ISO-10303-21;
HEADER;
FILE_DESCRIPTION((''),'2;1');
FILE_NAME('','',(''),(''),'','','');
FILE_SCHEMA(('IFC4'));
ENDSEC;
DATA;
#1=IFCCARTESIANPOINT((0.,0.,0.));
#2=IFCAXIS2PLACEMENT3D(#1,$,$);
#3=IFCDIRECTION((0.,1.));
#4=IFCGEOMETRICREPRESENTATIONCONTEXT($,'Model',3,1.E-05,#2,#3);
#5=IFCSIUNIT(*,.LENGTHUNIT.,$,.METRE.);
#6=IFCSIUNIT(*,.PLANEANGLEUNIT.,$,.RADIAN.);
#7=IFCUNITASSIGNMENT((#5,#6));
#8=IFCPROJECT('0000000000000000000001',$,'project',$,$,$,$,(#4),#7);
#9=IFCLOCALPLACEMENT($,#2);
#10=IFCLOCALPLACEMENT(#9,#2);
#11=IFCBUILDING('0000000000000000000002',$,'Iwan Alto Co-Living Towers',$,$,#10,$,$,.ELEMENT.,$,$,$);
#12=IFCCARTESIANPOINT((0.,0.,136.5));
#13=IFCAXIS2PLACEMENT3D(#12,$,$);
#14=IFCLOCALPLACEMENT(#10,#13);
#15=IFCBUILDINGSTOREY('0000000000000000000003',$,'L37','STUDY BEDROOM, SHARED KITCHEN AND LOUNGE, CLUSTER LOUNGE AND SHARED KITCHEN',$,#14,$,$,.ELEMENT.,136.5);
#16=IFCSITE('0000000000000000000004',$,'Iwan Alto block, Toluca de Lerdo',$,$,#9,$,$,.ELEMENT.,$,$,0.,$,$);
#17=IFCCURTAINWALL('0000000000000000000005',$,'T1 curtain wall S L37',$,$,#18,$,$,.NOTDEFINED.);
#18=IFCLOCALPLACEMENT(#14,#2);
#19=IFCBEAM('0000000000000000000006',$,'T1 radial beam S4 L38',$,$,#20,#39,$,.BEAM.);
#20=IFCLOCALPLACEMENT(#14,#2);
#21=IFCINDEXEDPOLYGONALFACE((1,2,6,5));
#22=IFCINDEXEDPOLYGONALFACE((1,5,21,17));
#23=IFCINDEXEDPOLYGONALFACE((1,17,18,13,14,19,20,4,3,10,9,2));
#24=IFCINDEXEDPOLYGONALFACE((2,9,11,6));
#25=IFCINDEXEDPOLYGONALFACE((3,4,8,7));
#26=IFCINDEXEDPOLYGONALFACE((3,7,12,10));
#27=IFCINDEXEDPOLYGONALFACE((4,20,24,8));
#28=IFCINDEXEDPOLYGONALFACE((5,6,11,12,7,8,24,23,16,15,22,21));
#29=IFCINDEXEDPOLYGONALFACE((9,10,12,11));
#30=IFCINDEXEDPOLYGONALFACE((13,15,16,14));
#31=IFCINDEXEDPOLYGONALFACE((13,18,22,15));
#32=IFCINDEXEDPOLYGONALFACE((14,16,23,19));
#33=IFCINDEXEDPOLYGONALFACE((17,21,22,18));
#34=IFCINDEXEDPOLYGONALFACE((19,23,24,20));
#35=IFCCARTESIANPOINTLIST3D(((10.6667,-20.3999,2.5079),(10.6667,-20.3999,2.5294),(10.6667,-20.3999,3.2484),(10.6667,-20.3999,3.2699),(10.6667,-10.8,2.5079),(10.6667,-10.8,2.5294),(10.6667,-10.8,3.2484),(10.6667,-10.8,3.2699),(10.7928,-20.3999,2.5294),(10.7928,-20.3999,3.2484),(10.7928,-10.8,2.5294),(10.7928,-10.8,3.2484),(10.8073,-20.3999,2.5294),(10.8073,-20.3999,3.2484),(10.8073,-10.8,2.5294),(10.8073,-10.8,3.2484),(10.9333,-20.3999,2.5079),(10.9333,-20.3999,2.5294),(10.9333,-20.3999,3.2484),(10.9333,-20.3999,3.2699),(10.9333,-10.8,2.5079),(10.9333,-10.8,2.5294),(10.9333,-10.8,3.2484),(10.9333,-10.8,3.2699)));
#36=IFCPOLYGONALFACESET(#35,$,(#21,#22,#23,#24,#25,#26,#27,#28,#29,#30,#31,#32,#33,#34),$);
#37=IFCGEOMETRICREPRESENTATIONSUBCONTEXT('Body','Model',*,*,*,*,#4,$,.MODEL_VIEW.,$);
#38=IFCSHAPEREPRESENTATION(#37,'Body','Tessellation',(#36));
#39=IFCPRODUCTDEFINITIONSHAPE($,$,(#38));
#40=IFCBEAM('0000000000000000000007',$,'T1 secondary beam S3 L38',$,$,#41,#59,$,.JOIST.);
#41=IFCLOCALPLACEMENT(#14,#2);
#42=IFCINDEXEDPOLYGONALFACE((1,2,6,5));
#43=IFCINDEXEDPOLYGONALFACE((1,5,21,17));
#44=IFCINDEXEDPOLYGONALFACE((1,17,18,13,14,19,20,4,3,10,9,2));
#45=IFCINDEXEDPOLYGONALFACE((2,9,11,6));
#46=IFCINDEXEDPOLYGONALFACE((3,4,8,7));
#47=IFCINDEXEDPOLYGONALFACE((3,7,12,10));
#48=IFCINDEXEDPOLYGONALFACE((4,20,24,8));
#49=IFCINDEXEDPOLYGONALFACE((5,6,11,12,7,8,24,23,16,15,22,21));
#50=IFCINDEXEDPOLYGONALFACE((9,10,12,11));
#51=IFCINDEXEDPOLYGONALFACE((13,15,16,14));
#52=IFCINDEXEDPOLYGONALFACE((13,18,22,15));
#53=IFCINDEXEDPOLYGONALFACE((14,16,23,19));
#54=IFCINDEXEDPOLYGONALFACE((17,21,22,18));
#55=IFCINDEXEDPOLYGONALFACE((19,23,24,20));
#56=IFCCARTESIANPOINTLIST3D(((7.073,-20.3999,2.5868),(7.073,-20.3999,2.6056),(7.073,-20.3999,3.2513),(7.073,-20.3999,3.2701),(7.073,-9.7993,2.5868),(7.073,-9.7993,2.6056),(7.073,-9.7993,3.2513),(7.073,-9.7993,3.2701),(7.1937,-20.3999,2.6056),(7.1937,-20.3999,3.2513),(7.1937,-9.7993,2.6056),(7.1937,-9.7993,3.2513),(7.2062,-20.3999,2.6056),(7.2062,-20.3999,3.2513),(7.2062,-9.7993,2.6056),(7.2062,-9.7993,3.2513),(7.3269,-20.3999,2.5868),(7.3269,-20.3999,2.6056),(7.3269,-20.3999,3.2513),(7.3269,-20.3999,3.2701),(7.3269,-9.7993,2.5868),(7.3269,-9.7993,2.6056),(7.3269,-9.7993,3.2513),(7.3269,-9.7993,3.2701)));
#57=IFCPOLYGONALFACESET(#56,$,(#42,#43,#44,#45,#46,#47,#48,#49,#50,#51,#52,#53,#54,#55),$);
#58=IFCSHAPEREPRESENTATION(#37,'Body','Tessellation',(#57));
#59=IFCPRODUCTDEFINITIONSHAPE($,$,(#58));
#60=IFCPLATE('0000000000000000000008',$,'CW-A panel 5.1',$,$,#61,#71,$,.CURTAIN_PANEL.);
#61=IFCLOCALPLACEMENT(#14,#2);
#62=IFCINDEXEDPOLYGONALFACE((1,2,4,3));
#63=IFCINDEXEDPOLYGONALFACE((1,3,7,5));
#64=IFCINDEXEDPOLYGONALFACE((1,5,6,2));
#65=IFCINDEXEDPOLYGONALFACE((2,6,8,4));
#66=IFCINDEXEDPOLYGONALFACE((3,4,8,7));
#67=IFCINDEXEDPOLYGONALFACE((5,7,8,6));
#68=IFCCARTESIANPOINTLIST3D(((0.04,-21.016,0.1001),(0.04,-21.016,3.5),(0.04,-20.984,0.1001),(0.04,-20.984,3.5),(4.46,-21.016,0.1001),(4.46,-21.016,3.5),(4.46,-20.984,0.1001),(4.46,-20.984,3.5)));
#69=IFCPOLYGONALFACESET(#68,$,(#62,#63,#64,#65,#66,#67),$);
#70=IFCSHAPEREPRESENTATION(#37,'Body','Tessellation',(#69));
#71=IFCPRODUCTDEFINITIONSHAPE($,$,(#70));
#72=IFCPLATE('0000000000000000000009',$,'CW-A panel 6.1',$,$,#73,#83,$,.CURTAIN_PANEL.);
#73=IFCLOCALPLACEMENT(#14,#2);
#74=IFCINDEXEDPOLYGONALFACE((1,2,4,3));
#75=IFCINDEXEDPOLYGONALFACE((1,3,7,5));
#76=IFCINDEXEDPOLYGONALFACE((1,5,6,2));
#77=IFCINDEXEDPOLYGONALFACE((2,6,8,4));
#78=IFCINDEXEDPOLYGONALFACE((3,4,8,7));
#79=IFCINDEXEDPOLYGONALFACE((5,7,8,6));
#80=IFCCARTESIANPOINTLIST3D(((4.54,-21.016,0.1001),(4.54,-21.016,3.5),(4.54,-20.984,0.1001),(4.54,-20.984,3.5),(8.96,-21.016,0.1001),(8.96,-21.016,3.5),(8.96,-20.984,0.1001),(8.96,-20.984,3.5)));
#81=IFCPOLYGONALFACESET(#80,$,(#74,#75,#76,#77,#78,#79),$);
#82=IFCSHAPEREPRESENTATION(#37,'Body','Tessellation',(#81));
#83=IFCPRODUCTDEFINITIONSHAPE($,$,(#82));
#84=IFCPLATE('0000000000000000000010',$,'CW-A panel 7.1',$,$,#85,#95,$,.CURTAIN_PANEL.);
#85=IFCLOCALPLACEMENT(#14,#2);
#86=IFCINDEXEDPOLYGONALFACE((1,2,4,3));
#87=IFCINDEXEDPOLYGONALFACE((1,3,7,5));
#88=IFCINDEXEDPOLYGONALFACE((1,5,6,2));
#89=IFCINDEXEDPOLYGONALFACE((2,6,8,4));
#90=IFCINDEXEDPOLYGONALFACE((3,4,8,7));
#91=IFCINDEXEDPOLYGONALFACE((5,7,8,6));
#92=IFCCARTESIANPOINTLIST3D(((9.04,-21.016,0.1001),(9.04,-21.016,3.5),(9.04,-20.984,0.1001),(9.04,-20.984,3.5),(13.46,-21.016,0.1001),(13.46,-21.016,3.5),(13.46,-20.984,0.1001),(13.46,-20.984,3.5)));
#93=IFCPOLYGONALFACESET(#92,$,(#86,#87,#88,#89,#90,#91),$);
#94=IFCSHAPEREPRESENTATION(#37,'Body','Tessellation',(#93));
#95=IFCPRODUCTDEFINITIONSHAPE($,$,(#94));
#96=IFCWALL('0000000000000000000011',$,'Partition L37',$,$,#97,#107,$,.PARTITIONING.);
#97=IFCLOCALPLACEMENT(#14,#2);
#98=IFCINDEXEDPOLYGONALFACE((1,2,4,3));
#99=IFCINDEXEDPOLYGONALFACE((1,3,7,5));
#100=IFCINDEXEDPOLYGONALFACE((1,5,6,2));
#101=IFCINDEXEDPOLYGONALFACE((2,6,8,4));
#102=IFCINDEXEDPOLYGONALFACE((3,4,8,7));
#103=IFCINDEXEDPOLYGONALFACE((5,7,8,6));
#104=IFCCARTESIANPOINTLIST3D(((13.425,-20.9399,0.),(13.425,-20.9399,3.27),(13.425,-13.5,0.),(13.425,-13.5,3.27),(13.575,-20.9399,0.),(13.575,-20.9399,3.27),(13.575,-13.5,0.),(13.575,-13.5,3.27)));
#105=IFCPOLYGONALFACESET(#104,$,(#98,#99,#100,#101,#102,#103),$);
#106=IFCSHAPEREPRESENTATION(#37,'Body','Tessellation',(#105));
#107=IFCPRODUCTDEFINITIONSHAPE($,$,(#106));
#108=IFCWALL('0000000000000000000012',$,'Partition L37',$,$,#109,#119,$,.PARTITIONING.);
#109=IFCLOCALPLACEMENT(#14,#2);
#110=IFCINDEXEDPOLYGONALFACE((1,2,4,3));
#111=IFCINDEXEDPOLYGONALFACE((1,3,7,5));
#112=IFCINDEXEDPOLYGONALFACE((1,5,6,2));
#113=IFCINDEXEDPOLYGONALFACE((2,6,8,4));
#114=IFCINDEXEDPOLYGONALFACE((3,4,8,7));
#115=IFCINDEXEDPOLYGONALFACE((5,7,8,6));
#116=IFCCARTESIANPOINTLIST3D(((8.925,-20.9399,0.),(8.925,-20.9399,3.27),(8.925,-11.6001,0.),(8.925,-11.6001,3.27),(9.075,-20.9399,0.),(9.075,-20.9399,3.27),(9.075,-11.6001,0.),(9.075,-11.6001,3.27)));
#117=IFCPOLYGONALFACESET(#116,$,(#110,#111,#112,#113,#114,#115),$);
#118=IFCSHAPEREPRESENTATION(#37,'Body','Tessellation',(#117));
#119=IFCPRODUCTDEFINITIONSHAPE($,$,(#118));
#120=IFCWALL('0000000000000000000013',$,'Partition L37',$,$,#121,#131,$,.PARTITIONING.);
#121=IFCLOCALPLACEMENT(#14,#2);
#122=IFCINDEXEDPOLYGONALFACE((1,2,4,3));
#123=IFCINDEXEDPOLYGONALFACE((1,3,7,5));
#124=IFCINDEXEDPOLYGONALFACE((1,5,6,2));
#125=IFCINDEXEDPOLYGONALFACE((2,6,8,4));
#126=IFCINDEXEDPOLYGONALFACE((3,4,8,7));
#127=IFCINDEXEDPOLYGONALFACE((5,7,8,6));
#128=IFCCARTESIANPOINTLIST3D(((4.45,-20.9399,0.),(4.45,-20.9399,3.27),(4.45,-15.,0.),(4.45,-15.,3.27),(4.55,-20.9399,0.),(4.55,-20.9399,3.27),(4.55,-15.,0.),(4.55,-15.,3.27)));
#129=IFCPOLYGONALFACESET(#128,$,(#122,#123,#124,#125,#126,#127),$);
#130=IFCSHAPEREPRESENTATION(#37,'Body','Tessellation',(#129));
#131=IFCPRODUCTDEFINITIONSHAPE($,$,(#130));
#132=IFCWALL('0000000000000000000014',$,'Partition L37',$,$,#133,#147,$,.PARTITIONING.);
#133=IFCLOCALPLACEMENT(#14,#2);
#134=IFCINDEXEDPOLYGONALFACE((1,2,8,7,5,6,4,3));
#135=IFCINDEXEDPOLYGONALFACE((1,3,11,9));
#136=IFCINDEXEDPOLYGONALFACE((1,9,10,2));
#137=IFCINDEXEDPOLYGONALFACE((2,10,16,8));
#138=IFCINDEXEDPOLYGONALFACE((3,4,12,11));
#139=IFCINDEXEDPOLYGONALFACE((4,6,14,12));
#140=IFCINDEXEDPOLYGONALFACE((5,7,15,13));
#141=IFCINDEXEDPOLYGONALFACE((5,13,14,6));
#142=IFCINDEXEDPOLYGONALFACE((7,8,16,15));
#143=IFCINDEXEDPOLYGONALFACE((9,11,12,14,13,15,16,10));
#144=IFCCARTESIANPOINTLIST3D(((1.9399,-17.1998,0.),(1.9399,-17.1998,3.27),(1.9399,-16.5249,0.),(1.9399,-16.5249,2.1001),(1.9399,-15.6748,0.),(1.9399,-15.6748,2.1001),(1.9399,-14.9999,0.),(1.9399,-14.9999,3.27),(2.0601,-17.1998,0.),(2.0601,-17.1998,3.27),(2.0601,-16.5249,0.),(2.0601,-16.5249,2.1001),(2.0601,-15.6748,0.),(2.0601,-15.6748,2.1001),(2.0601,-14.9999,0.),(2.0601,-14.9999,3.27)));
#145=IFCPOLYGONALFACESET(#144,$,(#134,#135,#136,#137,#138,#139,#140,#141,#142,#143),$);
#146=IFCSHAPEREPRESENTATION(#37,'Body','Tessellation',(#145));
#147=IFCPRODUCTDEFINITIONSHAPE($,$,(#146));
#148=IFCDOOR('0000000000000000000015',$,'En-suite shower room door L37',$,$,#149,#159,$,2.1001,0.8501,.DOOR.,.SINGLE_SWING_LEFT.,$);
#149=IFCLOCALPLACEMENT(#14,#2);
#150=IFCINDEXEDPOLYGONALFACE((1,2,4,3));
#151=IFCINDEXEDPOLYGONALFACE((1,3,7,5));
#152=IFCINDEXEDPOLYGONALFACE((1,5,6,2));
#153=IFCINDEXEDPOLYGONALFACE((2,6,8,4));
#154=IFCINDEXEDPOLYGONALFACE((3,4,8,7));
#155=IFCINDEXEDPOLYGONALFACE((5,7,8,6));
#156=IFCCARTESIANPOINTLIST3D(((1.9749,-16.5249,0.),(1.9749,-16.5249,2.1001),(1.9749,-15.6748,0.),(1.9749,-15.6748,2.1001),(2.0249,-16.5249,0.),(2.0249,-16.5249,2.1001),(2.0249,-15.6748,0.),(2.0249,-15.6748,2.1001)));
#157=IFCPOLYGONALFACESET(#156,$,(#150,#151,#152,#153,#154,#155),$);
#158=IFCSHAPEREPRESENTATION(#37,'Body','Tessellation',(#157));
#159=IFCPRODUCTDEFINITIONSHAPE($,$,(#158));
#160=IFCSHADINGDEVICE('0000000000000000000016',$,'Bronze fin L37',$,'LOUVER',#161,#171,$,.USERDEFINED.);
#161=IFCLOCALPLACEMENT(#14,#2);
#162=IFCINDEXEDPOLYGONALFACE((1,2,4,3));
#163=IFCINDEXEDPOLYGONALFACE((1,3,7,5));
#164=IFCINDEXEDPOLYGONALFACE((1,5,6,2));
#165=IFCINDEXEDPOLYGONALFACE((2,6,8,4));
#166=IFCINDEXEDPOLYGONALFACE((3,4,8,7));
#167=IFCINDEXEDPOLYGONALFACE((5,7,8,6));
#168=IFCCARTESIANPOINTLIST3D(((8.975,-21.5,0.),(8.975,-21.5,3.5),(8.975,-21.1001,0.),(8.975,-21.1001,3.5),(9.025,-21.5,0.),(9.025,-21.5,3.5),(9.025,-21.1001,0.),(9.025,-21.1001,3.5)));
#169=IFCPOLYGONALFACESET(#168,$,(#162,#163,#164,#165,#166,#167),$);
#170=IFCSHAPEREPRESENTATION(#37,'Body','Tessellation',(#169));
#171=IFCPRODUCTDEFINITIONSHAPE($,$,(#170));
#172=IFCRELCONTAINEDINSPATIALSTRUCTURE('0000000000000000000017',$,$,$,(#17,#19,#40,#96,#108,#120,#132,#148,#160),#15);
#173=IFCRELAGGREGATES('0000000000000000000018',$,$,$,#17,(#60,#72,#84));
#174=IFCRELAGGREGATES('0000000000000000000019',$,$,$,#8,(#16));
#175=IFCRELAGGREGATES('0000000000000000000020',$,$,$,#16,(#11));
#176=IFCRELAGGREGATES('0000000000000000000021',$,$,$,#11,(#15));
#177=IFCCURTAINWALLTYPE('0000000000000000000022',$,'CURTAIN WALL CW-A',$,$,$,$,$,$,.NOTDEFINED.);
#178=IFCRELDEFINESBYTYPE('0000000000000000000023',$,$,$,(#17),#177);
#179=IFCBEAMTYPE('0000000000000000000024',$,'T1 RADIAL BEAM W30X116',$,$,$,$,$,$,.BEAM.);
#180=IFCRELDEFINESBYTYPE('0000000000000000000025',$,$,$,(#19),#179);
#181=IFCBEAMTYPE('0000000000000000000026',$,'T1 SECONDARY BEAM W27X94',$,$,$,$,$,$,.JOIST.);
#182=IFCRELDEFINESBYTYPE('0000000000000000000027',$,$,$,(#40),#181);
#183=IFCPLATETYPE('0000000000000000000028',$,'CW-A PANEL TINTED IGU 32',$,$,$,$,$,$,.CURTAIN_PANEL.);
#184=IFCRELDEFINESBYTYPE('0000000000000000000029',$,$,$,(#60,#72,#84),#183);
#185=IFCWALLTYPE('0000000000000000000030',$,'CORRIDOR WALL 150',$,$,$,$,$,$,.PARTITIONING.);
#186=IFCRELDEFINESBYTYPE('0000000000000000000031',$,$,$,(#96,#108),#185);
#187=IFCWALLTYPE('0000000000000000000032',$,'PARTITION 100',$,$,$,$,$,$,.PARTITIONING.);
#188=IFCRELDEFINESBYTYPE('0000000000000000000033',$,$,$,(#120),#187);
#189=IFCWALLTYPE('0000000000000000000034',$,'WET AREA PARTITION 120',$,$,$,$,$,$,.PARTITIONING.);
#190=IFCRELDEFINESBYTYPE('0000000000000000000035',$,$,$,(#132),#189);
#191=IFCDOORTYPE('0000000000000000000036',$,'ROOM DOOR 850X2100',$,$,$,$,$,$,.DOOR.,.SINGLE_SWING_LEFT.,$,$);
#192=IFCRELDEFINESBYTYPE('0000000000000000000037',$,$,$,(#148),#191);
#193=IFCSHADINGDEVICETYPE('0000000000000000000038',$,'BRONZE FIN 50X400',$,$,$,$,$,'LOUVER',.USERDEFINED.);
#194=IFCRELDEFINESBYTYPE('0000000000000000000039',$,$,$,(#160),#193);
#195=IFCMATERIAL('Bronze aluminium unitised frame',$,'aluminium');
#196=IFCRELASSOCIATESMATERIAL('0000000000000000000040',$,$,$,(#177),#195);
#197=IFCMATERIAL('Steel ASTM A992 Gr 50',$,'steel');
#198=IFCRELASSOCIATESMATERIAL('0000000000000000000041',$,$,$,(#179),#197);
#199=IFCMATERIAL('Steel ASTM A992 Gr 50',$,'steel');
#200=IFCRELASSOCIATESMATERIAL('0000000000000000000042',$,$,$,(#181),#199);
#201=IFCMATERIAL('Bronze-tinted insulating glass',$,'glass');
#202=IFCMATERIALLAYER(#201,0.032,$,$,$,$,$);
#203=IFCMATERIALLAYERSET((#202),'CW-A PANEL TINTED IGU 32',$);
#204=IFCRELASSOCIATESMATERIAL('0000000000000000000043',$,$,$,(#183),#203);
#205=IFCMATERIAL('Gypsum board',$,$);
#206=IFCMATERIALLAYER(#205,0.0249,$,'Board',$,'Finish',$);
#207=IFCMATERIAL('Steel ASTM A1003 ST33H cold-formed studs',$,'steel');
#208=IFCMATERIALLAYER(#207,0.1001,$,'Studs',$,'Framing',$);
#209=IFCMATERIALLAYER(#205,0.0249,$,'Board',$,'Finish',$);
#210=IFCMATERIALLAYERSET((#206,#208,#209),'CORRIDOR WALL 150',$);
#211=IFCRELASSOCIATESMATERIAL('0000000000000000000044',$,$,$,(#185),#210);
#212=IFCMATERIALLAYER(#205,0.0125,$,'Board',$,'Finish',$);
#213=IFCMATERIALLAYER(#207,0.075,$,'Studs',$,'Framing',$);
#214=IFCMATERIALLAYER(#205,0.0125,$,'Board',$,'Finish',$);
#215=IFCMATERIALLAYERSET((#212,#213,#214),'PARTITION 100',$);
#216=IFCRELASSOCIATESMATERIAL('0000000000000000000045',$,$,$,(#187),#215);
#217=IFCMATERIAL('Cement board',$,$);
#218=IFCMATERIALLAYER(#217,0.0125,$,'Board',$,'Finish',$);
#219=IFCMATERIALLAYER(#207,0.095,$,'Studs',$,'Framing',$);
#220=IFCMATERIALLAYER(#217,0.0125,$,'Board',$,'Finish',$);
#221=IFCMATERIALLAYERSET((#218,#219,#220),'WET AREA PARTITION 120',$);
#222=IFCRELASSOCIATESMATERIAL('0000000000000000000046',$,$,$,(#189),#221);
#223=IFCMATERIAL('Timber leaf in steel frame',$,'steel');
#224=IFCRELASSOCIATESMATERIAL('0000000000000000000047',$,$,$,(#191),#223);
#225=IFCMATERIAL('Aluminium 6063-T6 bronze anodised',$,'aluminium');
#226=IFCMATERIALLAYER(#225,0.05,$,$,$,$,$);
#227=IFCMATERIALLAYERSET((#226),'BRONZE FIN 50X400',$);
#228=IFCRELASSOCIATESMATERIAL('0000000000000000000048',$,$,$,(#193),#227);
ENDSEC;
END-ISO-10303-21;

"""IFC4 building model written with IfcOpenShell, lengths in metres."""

from ifc_helpers import new_model, si_unit, direction, frame, frame_2d, origin, origin_2d, place, context, subcontext, project, spatial, rectangle, i_section, extrude, material, layer, layer_set, material_profile, profile_set, type_object, element, fill, aggregate, save


model = new_model("IFC4")

# Units and contexts
model_context = context("Model", 3, precision=1e-05, world=origin(), true_north=direction((0.0, 1.0)))
body_context = subcontext(model_context, "Body", "Model", "MODEL_VIEW")
ifc_project = project(units=[si_unit("LENGTHUNIT", "METRE"), si_unit("PLANEANGLEUNIT", "RADIAN")], contexts=[model_context])

# Site, building, storey
site_placement = place(None, origin())
site = spatial("IfcSite", under=ifc_project, at=site_placement, Name="Iwan Alto block, Toluca de Lerdo", CompositionType="ELEMENT", RefElevation=0.0)
building_placement = place(site_placement, origin())
building = spatial("IfcBuilding", under=site, at=building_placement, Name="Iwan Alto Co-Living Towers", CompositionType="ELEMENT")
storey_placement = place(building_placement, frame((0.0, 0.0, 136.5)))
storey = spatial("IfcBuildingStorey", under=building, at=storey_placement, Name="L37", Description="STUDY BEDROOM, SHARED KITCHEN AND LOUNGE, CLUSTER LOUNGE AND SHARED KITCHEN", CompositionType="ELEMENT", Elevation=136.5)

# Curtain wall
ifc_material_1 = material(Name="Bronze aluminium unitised frame", Category="aluminium")
curtain_wall_type = type_object("IfcCurtainWallType", Name="CURTAIN WALL CW-A", PredefinedType="NOTDEFINED", material=ifc_material_1)
curtain_wall_placement = place(storey_placement, origin())
curtain_wall = element("IfcCurtainWall", 1, at=curtain_wall_placement, inside=storey, type_object=curtain_wall_type, Name="T1 curtain wall S L37", PredefinedType="NOTDEFINED")

# Beams
ifc_material_2 = material(Name="Steel ASTM A992 Gr 50", Category="steel")
ifc_material_profile_1 = material_profile(ifc_material_2, i_section(OverallWidth=0.2666, OverallDepth=0.762, WebThickness=0.0144, FlangeThickness=0.0215, at=origin_2d()), Name="W30X116")
ifc_profile_set_1 = profile_set([ifc_material_profile_1], Name="Steel ASTM A992 Gr 50")
beam_type_1 = type_object("IfcBeamType", Name="T1 RADIAL BEAM W30X116", PredefinedType="BEAM", material=ifc_profile_set_1)
beam_1_placement = place(storey_placement, frame((10.8, -20.3999, 2.8889), z_axis=(0.0, 1.0, 0.0), x_axis=(-1.0, 0.0, 0.0)))
element("IfcBeam", 2, at=beam_1_placement, inside=storey, type_object=beam_type_1, Name="T1 radial beam S4 L38", PredefinedType="BEAM", context=body_context, shape_type="SweptSolid", body=[
    extrude(i_section(OverallWidth=0.2666, OverallDepth=0.762, WebThickness=0.0144, FlangeThickness=0.0215, at=origin_2d()), origin(), (0.0, 0.0, 1.0), 9.5999),
])
ifc_material_3 = material(Name="Steel ASTM A992 Gr 50", Category="steel")
ifc_material_profile_2 = material_profile(ifc_material_3, i_section(OverallWidth=0.2539, OverallDepth=0.6833, WebThickness=0.0125, FlangeThickness=0.0188, at=origin_2d()), Name="W27X94")
ifc_profile_set_2 = profile_set([ifc_material_profile_2], Name="Steel ASTM A992 Gr 50")
beam_type_2 = type_object("IfcBeamType", Name="T1 SECONDARY BEAM W27X94", PredefinedType="JOIST", material=ifc_profile_set_2)
beam_2_placement = place(storey_placement, frame((7.2, -20.3999, 2.9285), z_axis=(0.0, 1.0, 0.0), x_axis=(-1.0, 0.0, 0.0)))
element("IfcBeam", 3, at=beam_2_placement, inside=storey, type_object=beam_type_2, Name="T1 secondary beam S3 L38", PredefinedType="JOIST", context=body_context, shape_type="SweptSolid", body=[
    extrude(i_section(OverallWidth=0.2539, OverallDepth=0.6833, WebThickness=0.0125, FlangeThickness=0.0188, at=origin_2d()), origin(), (0.0, 0.0, 1.0), 10.6006),
])

# Plates
ifc_material_4 = material(Name="Bronze-tinted insulating glass", Category="glass")
ifc_layer_1 = layer(ifc_material_4, 0.032)
ifc_layer_set_1 = layer_set([ifc_layer_1], Name="CW-A PANEL TINTED IGU 32")
plate_type = type_object("IfcPlateType", Name="CW-A PANEL TINTED IGU 32", PredefinedType="CURTAIN_PANEL", material=ifc_layer_set_1)
plate_1_placement = place(storey_placement, frame((2.25, -21.0, 0.1001), z_axis=(0.0, 0.0, 1.0), x_axis=(1.0, 0.0, 0.0)))
plate_1 = element("IfcPlate", 4, at=plate_1_placement, type_object=plate_type, Name="CW-A panel 5.1", PredefinedType="CURTAIN_PANEL", context=body_context, shape_type="SweptSolid", body=[
    extrude(rectangle(XDim=4.4199, YDim=0.032, at=origin_2d()), origin(), (0.0, 0.0, 1.0), 3.3999),
])
plate_2_placement = place(storey_placement, frame((6.75, -21.0, 0.1001), z_axis=(0.0, 0.0, 1.0), x_axis=(1.0, 0.0, 0.0)))
plate_2 = element("IfcPlate", 5, at=plate_2_placement, type_object=plate_type, Name="CW-A panel 6.1", PredefinedType="CURTAIN_PANEL", context=body_context, shape_type="SweptSolid", body=[
    extrude(rectangle(XDim=4.4199, YDim=0.032, at=origin_2d()), origin(), (0.0, 0.0, 1.0), 3.3999),
])
plate_3_placement = place(storey_placement, frame((11.25, -21.0, 0.1001), z_axis=(0.0, 0.0, 1.0), x_axis=(1.0, 0.0, 0.0)))
plate_3 = element("IfcPlate", 6, at=plate_3_placement, type_object=plate_type, Name="CW-A panel 7.1", PredefinedType="CURTAIN_PANEL", context=body_context, shape_type="SweptSolid", body=[
    extrude(rectangle(XDim=4.4199, YDim=0.032, at=origin_2d()), origin(), (0.0, 0.0, 1.0), 3.3999),
])
aggregate(curtain_wall, [plate_1, plate_2, plate_3])

# Walls
ifc_material_5 = material(Name="Gypsum board")
ifc_layer_2 = layer(ifc_material_5, 0.0249, Name="Board", Category="Finish")
ifc_material_6 = material(Name="Steel ASTM A1003 ST33H cold-formed studs", Category="steel")
ifc_layer_3 = layer(ifc_material_6, 0.1001, Name="Studs", Category="Framing")
ifc_layer_4 = layer(ifc_material_5, 0.0249, Name="Board", Category="Finish")
ifc_layer_set_2 = layer_set([ifc_layer_2, ifc_layer_3, ifc_layer_4], Name="CORRIDOR WALL 150")
wall_type_1 = type_object("IfcWallType", Name="CORRIDOR WALL 150", PredefinedType="PARTITIONING", material=ifc_layer_set_2)
wall_1_placement = place(storey_placement, frame((13.5, -20.9399, 0.0), z_axis=(0.0, 0.0, 1.0), x_axis=(0.0, 1.0, 0.0)))
element("IfcWall", 7, at=wall_1_placement, inside=storey, type_object=wall_type_1, Name="Partition L37", PredefinedType="PARTITIONING", context=body_context, shape_type="SweptSolid", body=[
    extrude(rectangle(XDim=7.4399, YDim=0.1499, at=frame_2d((3.72, 0.0))), origin(), (0.0, 0.0, 1.0), 3.27),
])
wall_2_placement = place(storey_placement, frame((9.0, -20.9399, 0.0), z_axis=(0.0, 0.0, 1.0), x_axis=(0.0, 1.0, 0.0)))
element("IfcWall", 8, at=wall_2_placement, inside=storey, type_object=wall_type_1, Name="Partition L37", PredefinedType="PARTITIONING", context=body_context, shape_type="SweptSolid", body=[
    extrude(rectangle(XDim=9.3398, YDim=0.1499, at=frame_2d((4.6699, 0.0))), origin(), (0.0, 0.0, 1.0), 3.27),
])
ifc_layer_5 = layer(ifc_material_5, 0.0125, Name="Board", Category="Finish")
ifc_layer_6 = layer(ifc_material_6, 0.075, Name="Studs", Category="Framing")
ifc_layer_7 = layer(ifc_material_5, 0.0125, Name="Board", Category="Finish")
ifc_layer_set_3 = layer_set([ifc_layer_5, ifc_layer_6, ifc_layer_7], Name="PARTITION 100")
wall_type_2 = type_object("IfcWallType", Name="PARTITION 100", PredefinedType="PARTITIONING", material=ifc_layer_set_3)
wall_3_placement = place(storey_placement, frame((4.5, -20.9399, 0.0), z_axis=(0.0, 0.0, 1.0), x_axis=(0.0, 1.0, 0.0)))
element("IfcWall", 9, at=wall_3_placement, inside=storey, type_object=wall_type_2, Name="Partition L37", PredefinedType="PARTITIONING", context=body_context, shape_type="SweptSolid", body=[
    extrude(rectangle(XDim=5.9399, YDim=0.1001, at=frame_2d((2.97, 0.0))), origin(), (0.0, 0.0, 1.0), 3.27),
])

# Wall, opening, door
ifc_material_7 = material(Name="Cement board")
ifc_layer_8 = layer(ifc_material_7, 0.0125, Name="Board", Category="Finish")
ifc_layer_9 = layer(ifc_material_6, 0.095, Name="Studs", Category="Framing")
ifc_layer_10 = layer(ifc_material_7, 0.0125, Name="Board", Category="Finish")
ifc_layer_set_4 = layer_set([ifc_layer_8, ifc_layer_9, ifc_layer_10], Name="WET AREA PARTITION 120")
wall_type_3 = type_object("IfcWallType", Name="WET AREA PARTITION 120", PredefinedType="PARTITIONING", material=ifc_layer_set_4)
wall_4_placement = place(storey_placement, frame((2.0, -17.2, 0.0), z_axis=(0.0, 0.0, 1.0), x_axis=(0.0, 1.0, 0.0)))
wall_4 = element("IfcWall", 10, at=wall_4_placement, inside=storey, type_object=wall_type_3, Name="Partition L37", PredefinedType="PARTITIONING", context=body_context, shape_type="SweptSolid", body=[
    extrude(rectangle(XDim=2.2, YDim=0.1201, at=frame_2d((1.1001, 0.0))), origin(), (0.0, 0.0, 1.0), 3.27),
])
opening_placement = place(wall_4_placement, frame((0.675, 0.0, 0.0)))
opening = element("IfcOpeningElement", 11, at=opening_placement, cuts=wall_4, PredefinedType="OPENING", context=body_context, shape_type="SweptSolid", body=[
    extrude(rectangle(XDim=0.8501, YDim=2.1001, at=frame_2d((0.425, 1.05))), frame((0.0, 0.0701, 0.0), z_axis=(0.0, -1.0, 0.0), x_axis=(1.0, 0.0, 0.0)), (0.0, 0.0, 1.0), 0.1401),
])
ifc_material_8 = material(Name="Timber leaf in steel frame", Category="steel")
door_type = type_object("IfcDoorType", Name="ROOM DOOR 850X2100", OperationType="SINGLE_SWING_LEFT", PredefinedType="DOOR", material=ifc_material_8)
door_placement = place(opening_placement, frame((0.8501, 0.0, 0.0), z_axis=(0.0, 0.0, 1.0), x_axis=(-1.0, 0.0, 0.0)))
door = element("IfcDoor", 12, at=door_placement, inside=storey, type_object=door_type, Name="En-suite shower room door L37", OperationType="SINGLE_SWING_LEFT", OverallHeight=2.1001, OverallWidth=0.8501, PredefinedType="DOOR", context=body_context, shape_type="SweptSolid", body=[
    extrude(rectangle(XDim=0.8501, YDim=2.1001, at=frame_2d((0.425, 1.05))), frame((0.0, 0.0249, 0.0), z_axis=(0.0, -1.0, 0.0), x_axis=(1.0, 0.0, 0.0)), (0.0, 0.0, 1.0), 0.05),
])
fill(opening, door)

# Shading device
ifc_material_9 = material(Name="Aluminium 6063-T6 bronze anodised", Category="aluminium")
ifc_layer_11 = layer(ifc_material_9, 0.05)
ifc_layer_set_5 = layer_set([ifc_layer_11], Name="BRONZE FIN 50X400")
shading_device_type = type_object("IfcShadingDeviceType", Name="BRONZE FIN 50X400", ElementType="LOUVER", PredefinedType="USERDEFINED", material=ifc_layer_set_5)
shading_device_placement = place(storey_placement, frame((9.0, -21.3, 0.0), z_axis=(0.0, 0.0, 1.0), x_axis=(1.0, 0.0, 0.0)))
element("IfcShadingDevice", 13, at=shading_device_placement, inside=storey, type_object=shading_device_type, Name="Bronze fin L37", ObjectType="LOUVER", PredefinedType="USERDEFINED", context=body_context, shape_type="SweptSolid", body=[
    extrude(rectangle(XDim=0.05, YDim=0.3999, at=origin_2d()), origin(), (0.0, 0.0, 1.0), 3.5),
])

save(model, "model.ifc")
